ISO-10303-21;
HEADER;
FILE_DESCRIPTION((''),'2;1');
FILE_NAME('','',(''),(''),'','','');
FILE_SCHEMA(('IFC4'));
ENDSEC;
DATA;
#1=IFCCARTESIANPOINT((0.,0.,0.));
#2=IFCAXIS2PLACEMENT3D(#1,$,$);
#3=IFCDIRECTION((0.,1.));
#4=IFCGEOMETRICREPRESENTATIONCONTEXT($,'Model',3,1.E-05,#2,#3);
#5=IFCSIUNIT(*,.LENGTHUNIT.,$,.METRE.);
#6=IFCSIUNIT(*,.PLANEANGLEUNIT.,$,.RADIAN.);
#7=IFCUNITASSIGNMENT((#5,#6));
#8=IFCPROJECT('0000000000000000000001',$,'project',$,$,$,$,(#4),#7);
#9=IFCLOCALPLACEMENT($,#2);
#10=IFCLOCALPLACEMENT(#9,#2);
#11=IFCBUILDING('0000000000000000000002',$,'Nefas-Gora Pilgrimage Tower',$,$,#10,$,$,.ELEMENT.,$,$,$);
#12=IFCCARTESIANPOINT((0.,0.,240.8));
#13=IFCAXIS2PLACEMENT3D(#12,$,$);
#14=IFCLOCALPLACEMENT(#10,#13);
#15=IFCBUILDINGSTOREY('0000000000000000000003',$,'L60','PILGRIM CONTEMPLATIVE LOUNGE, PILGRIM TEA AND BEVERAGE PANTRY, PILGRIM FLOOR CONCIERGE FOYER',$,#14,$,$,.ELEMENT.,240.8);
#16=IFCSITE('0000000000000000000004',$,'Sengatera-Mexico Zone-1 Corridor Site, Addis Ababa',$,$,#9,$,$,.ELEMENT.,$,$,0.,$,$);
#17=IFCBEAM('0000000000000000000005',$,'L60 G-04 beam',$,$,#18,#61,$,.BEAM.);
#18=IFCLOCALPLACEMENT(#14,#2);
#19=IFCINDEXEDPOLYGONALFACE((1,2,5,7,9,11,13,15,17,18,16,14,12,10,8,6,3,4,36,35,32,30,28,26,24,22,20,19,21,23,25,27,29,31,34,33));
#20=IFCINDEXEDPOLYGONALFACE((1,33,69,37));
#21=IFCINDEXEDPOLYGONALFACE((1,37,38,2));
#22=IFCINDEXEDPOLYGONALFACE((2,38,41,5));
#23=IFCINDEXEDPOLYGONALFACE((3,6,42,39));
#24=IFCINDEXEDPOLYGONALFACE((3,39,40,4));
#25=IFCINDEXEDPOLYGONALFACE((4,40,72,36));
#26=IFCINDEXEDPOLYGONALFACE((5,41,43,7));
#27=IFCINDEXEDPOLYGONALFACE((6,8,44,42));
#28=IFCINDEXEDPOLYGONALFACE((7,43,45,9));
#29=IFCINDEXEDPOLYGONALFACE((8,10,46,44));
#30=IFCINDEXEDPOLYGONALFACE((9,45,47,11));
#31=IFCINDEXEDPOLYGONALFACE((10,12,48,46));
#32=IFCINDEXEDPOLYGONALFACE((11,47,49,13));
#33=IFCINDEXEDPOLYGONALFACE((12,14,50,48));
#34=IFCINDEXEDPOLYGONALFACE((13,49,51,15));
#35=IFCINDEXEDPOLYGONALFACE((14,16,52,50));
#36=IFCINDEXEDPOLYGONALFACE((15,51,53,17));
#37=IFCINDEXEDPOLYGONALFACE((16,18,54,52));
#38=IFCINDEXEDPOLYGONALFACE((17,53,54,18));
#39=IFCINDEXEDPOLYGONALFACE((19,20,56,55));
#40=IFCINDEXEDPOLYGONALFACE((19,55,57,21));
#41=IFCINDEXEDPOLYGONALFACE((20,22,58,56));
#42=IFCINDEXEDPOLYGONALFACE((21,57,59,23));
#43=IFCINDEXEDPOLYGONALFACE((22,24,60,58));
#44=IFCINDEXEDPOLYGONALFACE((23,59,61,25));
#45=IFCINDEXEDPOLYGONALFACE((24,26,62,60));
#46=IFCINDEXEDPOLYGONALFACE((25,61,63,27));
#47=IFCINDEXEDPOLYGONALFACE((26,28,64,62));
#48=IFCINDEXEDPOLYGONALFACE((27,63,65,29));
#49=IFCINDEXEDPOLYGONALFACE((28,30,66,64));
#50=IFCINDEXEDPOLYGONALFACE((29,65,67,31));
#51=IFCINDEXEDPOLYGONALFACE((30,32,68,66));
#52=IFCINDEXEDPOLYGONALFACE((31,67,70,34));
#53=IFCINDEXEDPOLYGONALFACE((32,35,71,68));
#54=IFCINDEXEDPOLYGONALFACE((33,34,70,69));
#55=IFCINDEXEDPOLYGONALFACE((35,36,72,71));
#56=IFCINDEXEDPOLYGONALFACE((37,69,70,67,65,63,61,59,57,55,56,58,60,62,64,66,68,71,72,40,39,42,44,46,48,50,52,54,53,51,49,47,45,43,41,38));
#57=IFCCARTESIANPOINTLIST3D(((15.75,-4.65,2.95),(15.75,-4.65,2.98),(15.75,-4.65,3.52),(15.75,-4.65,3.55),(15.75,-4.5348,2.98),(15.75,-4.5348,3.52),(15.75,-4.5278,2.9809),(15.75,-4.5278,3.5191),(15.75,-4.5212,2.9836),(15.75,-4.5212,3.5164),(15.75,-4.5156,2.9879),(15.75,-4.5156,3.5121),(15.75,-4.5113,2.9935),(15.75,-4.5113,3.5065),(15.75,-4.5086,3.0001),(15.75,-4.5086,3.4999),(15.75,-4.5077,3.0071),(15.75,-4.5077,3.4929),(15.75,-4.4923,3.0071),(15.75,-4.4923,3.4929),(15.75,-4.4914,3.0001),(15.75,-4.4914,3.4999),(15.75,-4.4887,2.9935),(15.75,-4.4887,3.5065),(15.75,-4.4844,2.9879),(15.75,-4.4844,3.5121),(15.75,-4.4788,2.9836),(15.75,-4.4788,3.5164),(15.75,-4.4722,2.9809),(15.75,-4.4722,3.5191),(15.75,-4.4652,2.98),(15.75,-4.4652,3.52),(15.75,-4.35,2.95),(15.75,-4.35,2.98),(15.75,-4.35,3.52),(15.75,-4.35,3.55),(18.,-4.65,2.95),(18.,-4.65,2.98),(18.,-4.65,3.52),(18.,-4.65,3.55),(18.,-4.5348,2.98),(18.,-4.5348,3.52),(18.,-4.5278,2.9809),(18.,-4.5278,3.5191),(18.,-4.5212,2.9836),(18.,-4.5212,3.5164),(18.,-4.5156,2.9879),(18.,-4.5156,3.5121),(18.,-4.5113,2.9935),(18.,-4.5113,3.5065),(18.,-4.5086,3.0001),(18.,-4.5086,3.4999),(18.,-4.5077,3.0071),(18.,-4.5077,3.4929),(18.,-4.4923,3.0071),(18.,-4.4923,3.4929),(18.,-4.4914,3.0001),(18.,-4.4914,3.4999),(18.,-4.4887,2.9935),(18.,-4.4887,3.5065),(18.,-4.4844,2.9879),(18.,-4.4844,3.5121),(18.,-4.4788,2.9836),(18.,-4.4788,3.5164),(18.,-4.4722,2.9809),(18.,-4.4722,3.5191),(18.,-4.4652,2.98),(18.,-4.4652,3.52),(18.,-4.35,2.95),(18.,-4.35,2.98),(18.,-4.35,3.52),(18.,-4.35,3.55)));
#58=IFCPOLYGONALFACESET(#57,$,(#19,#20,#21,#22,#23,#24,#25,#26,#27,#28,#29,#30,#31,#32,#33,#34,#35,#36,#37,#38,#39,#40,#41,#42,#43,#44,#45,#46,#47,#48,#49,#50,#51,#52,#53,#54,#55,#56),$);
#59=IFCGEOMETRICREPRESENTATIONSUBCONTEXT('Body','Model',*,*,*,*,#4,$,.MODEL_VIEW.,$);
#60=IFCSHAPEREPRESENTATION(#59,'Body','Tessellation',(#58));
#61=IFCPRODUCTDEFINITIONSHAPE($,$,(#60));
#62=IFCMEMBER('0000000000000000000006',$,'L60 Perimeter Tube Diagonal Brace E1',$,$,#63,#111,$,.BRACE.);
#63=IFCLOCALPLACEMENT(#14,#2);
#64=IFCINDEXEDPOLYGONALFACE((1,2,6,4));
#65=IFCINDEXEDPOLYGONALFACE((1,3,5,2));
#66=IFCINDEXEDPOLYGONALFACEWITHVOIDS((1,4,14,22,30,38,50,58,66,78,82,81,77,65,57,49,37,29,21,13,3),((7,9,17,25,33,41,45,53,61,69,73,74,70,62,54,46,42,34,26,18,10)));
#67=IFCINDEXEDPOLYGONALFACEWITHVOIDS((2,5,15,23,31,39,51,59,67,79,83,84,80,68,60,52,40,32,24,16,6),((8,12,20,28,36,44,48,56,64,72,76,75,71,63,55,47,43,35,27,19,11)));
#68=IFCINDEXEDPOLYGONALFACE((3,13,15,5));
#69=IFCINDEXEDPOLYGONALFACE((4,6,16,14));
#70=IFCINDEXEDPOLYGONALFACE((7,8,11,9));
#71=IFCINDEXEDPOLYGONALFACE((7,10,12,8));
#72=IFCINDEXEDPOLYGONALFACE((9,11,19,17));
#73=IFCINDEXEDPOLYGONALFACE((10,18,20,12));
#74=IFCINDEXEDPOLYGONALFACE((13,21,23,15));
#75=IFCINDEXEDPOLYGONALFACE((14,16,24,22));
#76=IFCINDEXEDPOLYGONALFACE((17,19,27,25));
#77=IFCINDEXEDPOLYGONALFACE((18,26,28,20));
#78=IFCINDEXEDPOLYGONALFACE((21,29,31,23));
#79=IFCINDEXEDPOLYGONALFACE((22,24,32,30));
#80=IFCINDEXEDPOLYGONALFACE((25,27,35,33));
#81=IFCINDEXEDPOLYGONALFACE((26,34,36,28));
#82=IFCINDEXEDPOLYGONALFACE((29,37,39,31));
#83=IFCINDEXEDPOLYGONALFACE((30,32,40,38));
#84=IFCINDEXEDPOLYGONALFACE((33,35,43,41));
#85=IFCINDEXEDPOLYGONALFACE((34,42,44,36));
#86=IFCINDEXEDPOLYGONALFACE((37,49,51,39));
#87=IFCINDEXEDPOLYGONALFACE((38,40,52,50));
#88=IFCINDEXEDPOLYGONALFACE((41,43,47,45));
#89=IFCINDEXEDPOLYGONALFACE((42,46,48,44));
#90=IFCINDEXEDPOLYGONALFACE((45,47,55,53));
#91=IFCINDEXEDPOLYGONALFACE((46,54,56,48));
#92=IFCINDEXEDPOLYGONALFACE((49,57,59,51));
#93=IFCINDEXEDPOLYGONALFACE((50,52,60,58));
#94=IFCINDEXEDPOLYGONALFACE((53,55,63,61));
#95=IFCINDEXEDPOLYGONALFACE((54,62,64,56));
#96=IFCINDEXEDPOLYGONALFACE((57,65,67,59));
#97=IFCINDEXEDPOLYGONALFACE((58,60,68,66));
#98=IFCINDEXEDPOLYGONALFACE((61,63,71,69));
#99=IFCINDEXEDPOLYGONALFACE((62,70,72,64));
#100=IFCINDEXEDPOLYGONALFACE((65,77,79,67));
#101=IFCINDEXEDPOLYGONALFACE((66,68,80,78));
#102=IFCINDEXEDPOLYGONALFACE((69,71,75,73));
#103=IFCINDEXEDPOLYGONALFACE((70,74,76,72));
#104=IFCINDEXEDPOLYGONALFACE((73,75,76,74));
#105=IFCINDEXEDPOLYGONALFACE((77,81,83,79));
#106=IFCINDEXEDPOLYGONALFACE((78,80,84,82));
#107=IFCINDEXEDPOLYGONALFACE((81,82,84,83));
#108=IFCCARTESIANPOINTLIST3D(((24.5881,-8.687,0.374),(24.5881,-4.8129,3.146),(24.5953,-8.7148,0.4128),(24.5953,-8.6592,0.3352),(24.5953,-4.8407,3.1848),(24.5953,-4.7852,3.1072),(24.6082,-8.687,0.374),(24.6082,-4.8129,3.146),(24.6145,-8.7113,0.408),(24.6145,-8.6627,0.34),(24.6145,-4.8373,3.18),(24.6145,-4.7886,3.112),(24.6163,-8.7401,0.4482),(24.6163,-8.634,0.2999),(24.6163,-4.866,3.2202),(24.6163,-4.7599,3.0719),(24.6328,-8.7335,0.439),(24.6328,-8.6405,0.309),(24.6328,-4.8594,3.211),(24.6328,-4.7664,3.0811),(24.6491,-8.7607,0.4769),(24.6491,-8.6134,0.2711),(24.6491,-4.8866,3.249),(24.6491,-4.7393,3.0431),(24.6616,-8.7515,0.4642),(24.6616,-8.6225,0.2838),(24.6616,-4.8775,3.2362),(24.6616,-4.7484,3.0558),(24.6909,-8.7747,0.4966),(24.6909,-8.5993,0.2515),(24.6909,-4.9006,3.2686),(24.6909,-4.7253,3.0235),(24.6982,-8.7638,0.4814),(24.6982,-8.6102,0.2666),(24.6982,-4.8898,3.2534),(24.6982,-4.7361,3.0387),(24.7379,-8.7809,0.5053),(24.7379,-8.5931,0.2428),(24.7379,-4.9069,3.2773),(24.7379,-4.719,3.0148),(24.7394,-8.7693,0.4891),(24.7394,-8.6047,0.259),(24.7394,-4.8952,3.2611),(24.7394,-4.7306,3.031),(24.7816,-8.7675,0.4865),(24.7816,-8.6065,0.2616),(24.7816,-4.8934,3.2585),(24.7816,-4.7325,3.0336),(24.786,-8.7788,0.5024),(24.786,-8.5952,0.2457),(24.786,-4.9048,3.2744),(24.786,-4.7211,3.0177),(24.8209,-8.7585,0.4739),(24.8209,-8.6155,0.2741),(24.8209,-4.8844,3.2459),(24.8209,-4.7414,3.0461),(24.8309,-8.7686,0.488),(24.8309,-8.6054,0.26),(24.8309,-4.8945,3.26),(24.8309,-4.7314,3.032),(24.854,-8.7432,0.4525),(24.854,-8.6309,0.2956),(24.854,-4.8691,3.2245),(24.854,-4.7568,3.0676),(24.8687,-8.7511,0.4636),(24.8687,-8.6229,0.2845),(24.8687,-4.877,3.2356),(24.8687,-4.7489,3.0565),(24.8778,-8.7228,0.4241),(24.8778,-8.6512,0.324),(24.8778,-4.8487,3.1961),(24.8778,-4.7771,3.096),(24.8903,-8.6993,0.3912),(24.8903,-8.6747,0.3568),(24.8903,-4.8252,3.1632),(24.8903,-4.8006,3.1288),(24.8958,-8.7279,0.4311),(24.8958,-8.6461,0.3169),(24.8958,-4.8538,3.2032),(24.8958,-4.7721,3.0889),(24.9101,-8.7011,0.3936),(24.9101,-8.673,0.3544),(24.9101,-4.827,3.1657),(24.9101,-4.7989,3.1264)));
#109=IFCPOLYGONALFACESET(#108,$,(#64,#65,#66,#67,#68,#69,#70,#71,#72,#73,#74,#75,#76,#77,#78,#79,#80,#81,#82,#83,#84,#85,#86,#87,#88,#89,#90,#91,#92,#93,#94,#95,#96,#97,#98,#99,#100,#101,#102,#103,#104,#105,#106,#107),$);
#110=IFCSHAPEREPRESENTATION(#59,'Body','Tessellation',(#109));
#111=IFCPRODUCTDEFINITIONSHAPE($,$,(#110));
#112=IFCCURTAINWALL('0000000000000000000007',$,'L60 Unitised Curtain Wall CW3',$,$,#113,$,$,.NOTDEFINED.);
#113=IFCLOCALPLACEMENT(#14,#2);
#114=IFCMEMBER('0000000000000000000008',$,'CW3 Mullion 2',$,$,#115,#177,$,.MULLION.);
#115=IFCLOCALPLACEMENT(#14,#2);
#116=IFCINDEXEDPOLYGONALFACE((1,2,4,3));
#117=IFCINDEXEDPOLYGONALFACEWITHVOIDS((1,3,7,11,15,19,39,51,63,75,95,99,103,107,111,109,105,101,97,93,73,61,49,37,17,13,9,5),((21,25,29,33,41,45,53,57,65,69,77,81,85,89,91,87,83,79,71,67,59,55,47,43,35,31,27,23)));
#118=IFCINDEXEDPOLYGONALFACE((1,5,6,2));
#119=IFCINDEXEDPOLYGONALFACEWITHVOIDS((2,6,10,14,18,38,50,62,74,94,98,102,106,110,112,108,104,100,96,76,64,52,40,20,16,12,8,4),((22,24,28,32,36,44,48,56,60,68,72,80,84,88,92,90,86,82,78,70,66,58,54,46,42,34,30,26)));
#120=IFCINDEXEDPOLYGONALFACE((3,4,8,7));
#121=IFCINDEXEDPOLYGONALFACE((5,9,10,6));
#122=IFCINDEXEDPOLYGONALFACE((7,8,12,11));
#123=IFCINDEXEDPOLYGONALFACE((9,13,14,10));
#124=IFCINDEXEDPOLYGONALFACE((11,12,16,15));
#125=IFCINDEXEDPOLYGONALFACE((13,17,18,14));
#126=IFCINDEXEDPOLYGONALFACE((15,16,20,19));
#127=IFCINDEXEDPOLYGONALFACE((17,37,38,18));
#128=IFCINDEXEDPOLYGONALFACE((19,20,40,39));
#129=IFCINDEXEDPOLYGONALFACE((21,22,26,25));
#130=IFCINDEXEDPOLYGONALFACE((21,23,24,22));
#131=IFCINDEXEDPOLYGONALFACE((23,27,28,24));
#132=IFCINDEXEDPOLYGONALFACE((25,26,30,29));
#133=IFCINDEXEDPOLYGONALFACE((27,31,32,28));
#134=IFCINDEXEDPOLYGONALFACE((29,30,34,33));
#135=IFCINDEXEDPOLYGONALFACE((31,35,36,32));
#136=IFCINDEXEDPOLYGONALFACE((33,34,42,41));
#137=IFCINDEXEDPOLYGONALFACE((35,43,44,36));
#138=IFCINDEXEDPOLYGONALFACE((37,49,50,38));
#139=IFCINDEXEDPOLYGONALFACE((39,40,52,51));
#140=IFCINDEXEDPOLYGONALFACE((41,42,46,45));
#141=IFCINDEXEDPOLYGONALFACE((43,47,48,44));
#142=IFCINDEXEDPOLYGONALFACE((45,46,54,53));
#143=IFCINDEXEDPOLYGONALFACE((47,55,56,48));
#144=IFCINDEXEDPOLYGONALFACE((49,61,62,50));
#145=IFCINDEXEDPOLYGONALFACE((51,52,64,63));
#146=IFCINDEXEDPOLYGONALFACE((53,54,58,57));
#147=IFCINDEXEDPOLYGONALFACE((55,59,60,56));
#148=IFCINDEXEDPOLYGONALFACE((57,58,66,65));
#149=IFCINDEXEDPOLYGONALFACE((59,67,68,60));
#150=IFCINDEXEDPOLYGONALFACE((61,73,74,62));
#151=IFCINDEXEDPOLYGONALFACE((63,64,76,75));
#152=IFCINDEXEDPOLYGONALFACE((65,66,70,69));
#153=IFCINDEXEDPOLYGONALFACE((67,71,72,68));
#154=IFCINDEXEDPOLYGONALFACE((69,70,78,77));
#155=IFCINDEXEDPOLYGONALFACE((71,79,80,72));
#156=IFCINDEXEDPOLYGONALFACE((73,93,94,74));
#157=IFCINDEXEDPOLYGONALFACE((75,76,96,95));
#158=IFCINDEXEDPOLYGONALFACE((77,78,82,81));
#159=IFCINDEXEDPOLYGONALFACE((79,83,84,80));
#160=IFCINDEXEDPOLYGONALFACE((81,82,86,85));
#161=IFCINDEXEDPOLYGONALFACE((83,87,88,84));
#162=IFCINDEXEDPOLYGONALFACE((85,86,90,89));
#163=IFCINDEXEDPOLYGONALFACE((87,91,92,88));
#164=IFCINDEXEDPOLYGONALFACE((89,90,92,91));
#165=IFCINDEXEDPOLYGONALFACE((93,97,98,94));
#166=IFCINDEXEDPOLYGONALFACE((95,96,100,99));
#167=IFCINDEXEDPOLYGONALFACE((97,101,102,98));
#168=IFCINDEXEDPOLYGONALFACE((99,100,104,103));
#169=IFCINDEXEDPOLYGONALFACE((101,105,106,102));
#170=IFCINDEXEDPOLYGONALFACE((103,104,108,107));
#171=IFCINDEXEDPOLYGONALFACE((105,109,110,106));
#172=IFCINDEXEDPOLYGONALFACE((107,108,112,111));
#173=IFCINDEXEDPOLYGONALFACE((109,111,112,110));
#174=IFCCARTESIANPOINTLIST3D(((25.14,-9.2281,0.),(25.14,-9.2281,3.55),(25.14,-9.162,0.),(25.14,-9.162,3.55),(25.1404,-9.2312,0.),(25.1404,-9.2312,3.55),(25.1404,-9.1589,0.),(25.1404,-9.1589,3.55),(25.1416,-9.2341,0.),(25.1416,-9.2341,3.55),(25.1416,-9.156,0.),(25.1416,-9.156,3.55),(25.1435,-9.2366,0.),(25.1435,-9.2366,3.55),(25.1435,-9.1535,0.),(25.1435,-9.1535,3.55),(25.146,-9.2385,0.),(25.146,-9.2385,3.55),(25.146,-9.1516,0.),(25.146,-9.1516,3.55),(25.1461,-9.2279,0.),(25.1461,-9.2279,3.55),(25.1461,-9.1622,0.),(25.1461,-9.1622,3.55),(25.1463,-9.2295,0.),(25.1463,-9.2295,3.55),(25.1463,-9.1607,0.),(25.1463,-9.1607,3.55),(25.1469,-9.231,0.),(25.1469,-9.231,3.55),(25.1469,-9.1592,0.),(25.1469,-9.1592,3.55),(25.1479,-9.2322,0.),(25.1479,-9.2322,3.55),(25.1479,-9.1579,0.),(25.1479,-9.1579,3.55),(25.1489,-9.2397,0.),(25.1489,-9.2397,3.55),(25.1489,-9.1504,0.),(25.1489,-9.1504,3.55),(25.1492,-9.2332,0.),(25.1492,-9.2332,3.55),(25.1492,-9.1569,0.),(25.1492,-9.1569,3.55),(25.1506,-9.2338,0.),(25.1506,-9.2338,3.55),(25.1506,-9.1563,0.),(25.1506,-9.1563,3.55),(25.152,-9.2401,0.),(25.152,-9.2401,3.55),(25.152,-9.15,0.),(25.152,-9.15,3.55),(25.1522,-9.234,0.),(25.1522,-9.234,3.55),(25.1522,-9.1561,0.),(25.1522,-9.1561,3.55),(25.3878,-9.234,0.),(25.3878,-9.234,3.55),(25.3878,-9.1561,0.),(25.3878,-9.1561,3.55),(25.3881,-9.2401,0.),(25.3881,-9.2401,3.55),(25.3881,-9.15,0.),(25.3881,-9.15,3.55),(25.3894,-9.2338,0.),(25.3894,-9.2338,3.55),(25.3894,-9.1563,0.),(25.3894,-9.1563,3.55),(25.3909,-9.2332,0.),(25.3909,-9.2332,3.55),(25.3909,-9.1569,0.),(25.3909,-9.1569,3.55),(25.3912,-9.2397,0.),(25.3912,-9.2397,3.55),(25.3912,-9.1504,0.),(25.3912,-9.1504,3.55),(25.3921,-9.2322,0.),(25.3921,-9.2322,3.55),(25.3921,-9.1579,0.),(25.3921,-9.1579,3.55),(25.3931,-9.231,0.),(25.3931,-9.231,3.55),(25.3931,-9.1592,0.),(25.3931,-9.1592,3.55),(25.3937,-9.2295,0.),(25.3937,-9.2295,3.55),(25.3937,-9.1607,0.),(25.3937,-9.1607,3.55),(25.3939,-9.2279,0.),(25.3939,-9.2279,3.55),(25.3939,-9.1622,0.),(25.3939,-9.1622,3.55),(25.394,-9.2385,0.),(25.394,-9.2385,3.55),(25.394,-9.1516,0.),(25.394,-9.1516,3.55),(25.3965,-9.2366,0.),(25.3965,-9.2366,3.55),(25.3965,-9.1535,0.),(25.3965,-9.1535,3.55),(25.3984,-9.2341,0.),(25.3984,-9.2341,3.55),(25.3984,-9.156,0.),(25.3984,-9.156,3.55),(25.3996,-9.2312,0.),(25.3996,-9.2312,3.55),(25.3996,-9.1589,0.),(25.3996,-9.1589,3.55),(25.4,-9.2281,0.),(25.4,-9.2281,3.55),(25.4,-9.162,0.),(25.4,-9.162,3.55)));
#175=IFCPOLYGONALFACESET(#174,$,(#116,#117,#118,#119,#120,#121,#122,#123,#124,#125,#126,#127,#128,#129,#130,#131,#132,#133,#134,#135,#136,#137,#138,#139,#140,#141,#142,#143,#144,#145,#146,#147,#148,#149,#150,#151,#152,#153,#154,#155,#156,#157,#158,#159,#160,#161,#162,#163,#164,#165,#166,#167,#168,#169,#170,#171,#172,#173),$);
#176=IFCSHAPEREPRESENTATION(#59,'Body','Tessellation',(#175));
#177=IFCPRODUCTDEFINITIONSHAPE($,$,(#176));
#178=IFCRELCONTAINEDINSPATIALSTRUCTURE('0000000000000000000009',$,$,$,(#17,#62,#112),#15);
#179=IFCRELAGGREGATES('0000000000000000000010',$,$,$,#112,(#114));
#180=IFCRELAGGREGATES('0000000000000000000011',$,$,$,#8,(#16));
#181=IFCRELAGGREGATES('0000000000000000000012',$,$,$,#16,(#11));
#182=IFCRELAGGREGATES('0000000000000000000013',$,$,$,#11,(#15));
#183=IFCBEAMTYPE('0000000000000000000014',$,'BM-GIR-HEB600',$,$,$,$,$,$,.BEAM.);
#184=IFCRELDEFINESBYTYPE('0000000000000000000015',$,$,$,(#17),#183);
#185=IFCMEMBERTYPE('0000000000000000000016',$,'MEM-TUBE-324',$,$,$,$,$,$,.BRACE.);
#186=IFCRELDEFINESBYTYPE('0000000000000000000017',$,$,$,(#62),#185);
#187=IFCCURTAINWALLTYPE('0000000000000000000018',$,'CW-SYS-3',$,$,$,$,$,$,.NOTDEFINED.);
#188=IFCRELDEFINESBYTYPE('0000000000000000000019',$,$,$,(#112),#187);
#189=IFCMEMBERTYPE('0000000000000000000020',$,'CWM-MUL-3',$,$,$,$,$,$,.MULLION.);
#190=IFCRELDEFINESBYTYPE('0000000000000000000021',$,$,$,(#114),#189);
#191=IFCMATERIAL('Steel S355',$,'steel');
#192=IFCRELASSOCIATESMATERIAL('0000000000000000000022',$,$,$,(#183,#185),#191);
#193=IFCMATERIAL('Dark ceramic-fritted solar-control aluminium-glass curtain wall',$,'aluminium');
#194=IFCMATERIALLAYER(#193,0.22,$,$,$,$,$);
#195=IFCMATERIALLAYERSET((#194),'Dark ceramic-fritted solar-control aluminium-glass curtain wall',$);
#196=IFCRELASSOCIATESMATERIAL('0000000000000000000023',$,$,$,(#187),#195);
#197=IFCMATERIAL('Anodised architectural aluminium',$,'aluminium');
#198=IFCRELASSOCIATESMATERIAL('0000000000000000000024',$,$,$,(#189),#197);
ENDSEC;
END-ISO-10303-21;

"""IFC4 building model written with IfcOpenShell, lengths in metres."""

from ifc_helpers import new_model, si_unit, direction, frame, origin, origin_2d, place, context, subcontext, project, spatial, hollow_rectangle, hollow_circle, i_section, extrude, source, transform, mapped, material, layer, layer_set, material_profile, profile_set, type_object, element, aggregate, save


model = new_model("IFC4")

# Units and contexts
model_context = context("Model", 3, precision=1e-05, world=origin(), true_north=direction((0.0, 1.0)))
body_context = subcontext(model_context, "Body", "Model", "MODEL_VIEW")
ifc_project = project(units=[si_unit("LENGTHUNIT", "METRE"), si_unit("PLANEANGLEUNIT", "RADIAN")], contexts=[model_context])

# Site, building, storey
site_placement = place(None, origin())
site = spatial("IfcSite", under=ifc_project, at=site_placement, Name="Sengatera-Mexico Zone-1 Corridor Site, Addis Ababa", CompositionType="ELEMENT", RefElevation=0.0)
building_placement = place(site_placement, origin())
building = spatial("IfcBuilding", under=site, at=building_placement, Name="Nefas-Gora Pilgrimage Tower", CompositionType="ELEMENT")
storey_placement = place(building_placement, frame((0.0, 0.0, 240.8)))
storey = spatial("IfcBuildingStorey", under=building, at=storey_placement, Name="L60", Description="PILGRIM CONTEMPLATIVE LOUNGE, PILGRIM TEA AND BEVERAGE PANTRY, PILGRIM FLOOR CONCIERGE FOYER", CompositionType="ELEMENT", Elevation=240.8)

# Beam
ifc_material_1 = material(Name="Steel S355", Category="steel")
ifc_material_profile_1 = material_profile(ifc_material_1, i_section(OverallWidth=0.3, OverallDepth=0.6001, WebThickness=0.0154, FlangeThickness=0.03, FilletRadius=0.0271, at=origin_2d()), Name="HEB 600")
ifc_profile_set_1 = profile_set([ifc_material_profile_1], Name="Steel S355")
beam_type_1 = type_object("IfcBeamType", Name="BM-GIR-HEB600", PredefinedType="BEAM", material=ifc_profile_set_1)
shared_shape_1 = source(origin(), body_context, "Body", "SweptSolid", [
    extrude(i_section(OverallWidth=0.3, OverallDepth=0.6001, WebThickness=0.0154, FlangeThickness=0.03, FilletRadius=0.0271, at=origin_2d()), origin(), (0.0, 0.0, 1.0), 2.25),
])
for number, where, z_axis, x_axis, name in (
    (1, (15.75, -4.5, 3.25), (1.0, 0.0, 0.0), (0.0, 1.0, 0.0), "L60 G-04 beam"),
):
    element("IfcBeam", number, at=place(storey_placement, frame(where, z_axis=z_axis, x_axis=x_axis)), inside=storey, type_object=beam_type_1, Name=name, PredefinedType="BEAM", context=body_context, shape_type="MappedRepresentation", body=[
        mapped(shared_shape_1, transform((0.0, 0.0, 0.0), x_axis=(1.0, 0.0, 0.0), y_axis=(0.0, 1.0, 0.0), z_axis=(0.0, 0.0, 1.0), scale=1.0)),
    ])

# Member
ifc_material_profile_2 = material_profile(ifc_material_1, hollow_circle(Radius=0.1619, WallThickness=0.02, at=origin_2d()), Name="CHS 323.9x20")
ifc_profile_set_2 = profile_set([ifc_material_profile_2], Name="Steel S355")
member_type_1 = type_object("IfcMemberType", Name="MEM-TUBE-324", PredefinedType="BRACE", material=ifc_profile_set_2)
shared_shape_2 = source(origin(), body_context, "Body", "SweptSolid", [
    extrude(hollow_circle(Radius=0.1619, WallThickness=0.02, at=origin_2d()), origin(), (0.0, 0.0, 1.0), 4.7637),
])
member_1_placement = place(storey_placement, frame((24.75, -8.687, 0.374), z_axis=(0.0, 0.813255, 0.581907), x_axis=(-1.0, 0.0, 0.0)))
element("IfcMember", 2, at=member_1_placement, inside=storey, type_object=member_type_1, Name="L60 Perimeter Tube Diagonal Brace E1", PredefinedType="BRACE", context=body_context, shape_type="MappedRepresentation", body=[
    mapped(shared_shape_2, transform((0.0, 0.0, 0.0), x_axis=(1.0, 0.0, 0.0), y_axis=(0.0, 1.0, 0.0), z_axis=(0.0, 0.0, 1.0), scale=1.0)),
])

# Curtain wall, member
ifc_material_2 = material(Name="Dark ceramic-fritted solar-control aluminium-glass curtain wall", Category="aluminium")
ifc_layer_1 = layer(ifc_material_2, 0.22)
ifc_layer_set_1 = layer_set([ifc_layer_1], Name="Dark ceramic-fritted solar-control aluminium-glass curtain wall")
curtain_wall_type = type_object("IfcCurtainWallType", Name="CW-SYS-3", PredefinedType="NOTDEFINED", material=ifc_layer_set_1)
curtain_wall_1_placement = place(storey_placement, origin())
curtain_wall_1 = element("IfcCurtainWall", 3, at=curtain_wall_1_placement, inside=storey, type_object=curtain_wall_type, Name="L60 Unitised Curtain Wall CW3", PredefinedType="NOTDEFINED")
ifc_material_3 = material(Name="Anodised architectural aluminium", Category="aluminium")
ifc_material_profile_3 = material_profile(ifc_material_3, hollow_rectangle(XDim=0.0901, YDim=0.26, WallThickness=0.0061, InnerFilletRadius=0.0061, OuterFilletRadius=0.012, at=origin_2d()), Name="ALU MULLION 90x260")
ifc_profile_set_3 = profile_set([ifc_material_profile_3], Name="Anodised architectural aluminium")
member_type_2 = type_object("IfcMemberType", Name="CWM-MUL-3", PredefinedType="MULLION", material=ifc_profile_set_3)
shared_shape_3 = source(origin(), body_context, "Body", "SweptSolid", [
    extrude(hollow_rectangle(XDim=0.0901, YDim=0.26, WallThickness=0.0061, InnerFilletRadius=0.0061, OuterFilletRadius=0.012, at=origin_2d()), origin(), (0.0, 0.0, 1.0), 3.55),
])
member_2_placement = place(storey_placement, frame((25.27, -9.1951, 0.0), z_axis=(0.0, 0.0, 1.0), x_axis=(0.0, 1.0, 0.0)))
member_2 = element("IfcMember", 4, at=member_2_placement, type_object=member_type_2, Name="CW3 Mullion 2", PredefinedType="MULLION", context=body_context, shape_type="MappedRepresentation", body=[
    mapped(shared_shape_3, transform((0.0, 0.0, 0.0), x_axis=(1.0, 0.0, 0.0), y_axis=(0.0, 1.0, 0.0), z_axis=(0.0, 0.0, 1.0), scale=1.0)),
])
aggregate(curtain_wall_1, [member_2])

save(model, "model.ifc")
